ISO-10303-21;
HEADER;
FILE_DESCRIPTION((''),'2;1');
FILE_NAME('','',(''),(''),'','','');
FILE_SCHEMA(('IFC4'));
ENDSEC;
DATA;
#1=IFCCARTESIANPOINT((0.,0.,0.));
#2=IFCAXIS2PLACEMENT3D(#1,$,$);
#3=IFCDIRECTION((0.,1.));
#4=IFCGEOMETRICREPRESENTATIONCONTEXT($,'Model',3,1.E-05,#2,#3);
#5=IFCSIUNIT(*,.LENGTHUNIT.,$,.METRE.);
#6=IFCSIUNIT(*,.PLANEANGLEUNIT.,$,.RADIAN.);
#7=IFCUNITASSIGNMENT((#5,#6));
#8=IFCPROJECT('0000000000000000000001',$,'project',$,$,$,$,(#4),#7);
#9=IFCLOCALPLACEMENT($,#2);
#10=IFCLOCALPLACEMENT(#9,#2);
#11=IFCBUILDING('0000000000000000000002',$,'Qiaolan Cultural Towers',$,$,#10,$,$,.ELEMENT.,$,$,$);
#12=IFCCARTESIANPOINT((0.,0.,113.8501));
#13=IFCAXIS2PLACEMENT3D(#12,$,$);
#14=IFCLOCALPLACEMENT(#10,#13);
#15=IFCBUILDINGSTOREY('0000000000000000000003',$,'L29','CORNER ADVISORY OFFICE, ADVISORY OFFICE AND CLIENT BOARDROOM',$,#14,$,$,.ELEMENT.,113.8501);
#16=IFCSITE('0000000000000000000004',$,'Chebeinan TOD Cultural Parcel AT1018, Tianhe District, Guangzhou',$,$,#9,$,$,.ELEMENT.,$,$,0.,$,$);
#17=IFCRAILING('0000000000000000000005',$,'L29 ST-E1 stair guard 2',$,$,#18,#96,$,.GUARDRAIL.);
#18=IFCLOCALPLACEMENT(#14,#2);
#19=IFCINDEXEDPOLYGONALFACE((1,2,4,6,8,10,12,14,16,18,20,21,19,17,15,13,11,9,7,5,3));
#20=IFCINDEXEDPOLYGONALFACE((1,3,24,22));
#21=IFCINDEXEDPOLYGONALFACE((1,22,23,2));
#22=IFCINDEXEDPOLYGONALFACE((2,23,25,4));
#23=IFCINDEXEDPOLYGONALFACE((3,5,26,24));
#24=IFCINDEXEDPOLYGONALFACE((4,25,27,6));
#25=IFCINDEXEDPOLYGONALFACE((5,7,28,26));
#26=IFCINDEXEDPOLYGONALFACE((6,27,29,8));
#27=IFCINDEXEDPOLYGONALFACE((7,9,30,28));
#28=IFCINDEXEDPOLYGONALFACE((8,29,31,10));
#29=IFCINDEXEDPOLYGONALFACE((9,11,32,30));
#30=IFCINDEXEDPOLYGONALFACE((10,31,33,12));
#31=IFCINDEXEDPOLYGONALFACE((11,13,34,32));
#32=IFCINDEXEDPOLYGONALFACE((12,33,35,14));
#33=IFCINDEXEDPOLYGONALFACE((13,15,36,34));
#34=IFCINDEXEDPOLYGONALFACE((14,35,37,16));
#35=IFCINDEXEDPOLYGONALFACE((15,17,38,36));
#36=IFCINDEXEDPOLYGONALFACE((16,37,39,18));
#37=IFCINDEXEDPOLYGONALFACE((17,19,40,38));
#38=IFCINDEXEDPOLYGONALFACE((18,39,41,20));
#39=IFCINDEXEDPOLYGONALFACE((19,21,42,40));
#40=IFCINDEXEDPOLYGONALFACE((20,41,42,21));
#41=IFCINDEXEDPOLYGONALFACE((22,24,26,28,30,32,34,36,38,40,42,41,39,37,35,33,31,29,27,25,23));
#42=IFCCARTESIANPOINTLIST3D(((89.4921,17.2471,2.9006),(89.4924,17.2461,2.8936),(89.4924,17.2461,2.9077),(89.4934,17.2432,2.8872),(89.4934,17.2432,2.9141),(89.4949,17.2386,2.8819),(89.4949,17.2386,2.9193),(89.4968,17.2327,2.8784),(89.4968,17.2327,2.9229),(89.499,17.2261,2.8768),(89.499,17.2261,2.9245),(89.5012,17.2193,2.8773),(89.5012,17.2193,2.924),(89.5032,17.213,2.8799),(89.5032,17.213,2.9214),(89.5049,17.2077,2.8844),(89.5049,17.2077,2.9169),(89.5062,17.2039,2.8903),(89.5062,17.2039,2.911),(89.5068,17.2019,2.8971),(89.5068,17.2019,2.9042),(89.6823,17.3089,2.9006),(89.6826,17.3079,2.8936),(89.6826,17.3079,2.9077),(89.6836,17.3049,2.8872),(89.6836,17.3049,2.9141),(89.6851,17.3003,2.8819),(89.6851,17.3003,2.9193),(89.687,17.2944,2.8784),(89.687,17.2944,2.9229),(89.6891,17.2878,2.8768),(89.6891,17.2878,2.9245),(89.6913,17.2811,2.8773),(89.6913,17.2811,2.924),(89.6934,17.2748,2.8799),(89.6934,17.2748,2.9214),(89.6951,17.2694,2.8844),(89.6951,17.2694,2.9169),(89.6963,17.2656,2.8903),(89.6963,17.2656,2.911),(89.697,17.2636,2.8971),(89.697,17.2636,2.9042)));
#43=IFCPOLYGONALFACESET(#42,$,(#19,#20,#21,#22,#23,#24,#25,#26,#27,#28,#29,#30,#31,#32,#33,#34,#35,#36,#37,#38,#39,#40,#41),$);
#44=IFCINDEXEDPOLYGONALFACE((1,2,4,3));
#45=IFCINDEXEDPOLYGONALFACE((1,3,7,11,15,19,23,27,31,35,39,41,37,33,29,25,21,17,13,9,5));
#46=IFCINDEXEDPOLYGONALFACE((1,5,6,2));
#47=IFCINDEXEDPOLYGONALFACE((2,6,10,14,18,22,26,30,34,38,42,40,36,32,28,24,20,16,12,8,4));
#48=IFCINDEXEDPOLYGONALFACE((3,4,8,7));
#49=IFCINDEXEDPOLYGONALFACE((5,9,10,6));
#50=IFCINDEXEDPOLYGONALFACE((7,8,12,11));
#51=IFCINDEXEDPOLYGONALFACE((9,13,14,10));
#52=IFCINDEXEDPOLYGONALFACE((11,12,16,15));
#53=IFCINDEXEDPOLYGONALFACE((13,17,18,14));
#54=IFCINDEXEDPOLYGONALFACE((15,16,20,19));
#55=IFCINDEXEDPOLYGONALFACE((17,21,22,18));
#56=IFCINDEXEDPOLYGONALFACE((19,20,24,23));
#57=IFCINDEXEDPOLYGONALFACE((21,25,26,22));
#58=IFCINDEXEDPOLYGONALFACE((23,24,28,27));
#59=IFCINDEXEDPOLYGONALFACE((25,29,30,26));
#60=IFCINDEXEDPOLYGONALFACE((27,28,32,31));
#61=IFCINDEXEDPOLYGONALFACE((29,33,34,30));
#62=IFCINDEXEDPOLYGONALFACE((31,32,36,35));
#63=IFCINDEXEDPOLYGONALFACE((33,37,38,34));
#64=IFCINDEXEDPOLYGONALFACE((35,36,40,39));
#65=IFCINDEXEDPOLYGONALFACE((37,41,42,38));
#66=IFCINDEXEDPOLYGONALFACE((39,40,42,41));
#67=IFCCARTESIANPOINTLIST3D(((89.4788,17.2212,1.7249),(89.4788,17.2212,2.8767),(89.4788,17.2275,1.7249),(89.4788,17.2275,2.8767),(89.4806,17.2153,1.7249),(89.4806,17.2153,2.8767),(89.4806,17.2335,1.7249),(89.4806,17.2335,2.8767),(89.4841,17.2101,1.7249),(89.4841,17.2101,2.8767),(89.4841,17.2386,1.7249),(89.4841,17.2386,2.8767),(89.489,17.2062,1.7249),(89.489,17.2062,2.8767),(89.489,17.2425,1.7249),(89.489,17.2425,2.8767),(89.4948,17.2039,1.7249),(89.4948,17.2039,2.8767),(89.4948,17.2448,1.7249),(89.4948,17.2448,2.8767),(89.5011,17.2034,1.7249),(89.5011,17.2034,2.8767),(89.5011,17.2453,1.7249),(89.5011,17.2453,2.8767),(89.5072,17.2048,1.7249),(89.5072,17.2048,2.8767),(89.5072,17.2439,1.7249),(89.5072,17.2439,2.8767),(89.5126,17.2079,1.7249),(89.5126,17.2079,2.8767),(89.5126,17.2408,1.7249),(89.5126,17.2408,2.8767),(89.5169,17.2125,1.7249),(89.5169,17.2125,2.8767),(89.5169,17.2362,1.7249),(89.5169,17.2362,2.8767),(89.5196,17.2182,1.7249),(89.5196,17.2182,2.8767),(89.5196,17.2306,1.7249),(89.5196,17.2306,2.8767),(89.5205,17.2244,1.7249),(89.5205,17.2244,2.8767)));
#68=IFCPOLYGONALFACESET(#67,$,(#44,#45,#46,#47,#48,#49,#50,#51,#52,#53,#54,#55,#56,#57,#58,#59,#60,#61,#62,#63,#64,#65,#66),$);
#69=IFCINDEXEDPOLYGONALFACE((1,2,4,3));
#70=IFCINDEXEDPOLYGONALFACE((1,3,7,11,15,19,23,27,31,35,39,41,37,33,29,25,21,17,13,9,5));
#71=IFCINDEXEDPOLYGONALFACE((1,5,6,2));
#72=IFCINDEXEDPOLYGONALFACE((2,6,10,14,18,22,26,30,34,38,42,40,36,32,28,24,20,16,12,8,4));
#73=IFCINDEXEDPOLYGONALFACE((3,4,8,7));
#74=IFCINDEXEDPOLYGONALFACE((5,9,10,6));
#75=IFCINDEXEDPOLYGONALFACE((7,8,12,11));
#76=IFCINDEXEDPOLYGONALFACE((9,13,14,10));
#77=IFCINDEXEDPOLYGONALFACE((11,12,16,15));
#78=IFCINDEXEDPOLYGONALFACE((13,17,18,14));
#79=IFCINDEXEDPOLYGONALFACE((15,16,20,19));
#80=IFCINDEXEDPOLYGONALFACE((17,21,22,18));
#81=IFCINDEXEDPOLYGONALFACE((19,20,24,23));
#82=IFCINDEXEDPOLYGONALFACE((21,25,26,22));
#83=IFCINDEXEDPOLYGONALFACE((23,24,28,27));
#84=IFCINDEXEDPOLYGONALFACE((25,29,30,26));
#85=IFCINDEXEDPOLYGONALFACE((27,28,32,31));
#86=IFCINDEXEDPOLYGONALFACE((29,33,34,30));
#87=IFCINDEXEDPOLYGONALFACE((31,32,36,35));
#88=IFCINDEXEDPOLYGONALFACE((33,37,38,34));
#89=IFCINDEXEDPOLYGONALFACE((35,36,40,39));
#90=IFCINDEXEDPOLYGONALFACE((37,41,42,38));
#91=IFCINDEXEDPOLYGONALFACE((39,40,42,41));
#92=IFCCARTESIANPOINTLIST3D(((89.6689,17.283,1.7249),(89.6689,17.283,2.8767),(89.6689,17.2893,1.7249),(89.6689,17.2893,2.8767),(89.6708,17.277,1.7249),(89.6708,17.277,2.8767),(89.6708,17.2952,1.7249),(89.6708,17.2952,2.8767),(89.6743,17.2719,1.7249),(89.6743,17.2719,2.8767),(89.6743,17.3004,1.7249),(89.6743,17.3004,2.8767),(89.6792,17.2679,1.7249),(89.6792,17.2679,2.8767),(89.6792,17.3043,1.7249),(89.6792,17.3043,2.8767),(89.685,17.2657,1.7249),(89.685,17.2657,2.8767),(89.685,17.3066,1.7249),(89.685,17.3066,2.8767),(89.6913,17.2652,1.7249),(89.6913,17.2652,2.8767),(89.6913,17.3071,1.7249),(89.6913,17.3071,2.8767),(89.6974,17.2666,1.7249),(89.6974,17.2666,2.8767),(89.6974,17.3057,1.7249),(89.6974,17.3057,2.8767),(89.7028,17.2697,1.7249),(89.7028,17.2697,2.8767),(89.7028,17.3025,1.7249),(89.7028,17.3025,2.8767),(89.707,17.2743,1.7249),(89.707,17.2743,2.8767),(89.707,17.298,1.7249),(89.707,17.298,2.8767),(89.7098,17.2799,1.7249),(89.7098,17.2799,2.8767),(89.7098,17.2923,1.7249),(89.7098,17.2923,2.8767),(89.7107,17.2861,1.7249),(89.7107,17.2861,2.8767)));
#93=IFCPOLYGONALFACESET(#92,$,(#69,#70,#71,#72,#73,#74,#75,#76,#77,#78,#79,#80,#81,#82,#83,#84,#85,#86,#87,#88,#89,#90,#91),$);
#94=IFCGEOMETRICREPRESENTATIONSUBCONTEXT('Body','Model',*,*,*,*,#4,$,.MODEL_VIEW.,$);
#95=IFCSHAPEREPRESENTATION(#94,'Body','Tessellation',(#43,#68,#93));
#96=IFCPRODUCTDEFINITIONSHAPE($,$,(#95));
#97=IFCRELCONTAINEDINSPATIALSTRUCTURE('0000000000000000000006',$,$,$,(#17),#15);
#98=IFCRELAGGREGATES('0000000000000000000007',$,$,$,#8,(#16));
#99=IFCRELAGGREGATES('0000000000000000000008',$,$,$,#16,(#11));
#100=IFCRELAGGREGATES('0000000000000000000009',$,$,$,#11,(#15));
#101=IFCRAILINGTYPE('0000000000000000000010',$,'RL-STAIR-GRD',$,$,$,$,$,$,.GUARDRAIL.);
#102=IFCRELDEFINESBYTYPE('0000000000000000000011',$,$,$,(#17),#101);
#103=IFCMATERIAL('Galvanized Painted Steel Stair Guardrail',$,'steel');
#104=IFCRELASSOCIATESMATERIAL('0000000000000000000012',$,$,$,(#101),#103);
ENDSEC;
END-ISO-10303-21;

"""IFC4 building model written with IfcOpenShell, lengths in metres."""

from ifc_helpers import new_model, si_unit, direction, frame, origin, origin_2d, place, context, subcontext, project, spatial, circle, extrude, material, type_object, element, save


model = new_model("IFC4")

# Units and contexts
model_context = context("Model", 3, precision=1e-05, world=origin(), true_north=direction((0.0, 1.0)))
body_context = subcontext(model_context, "Body", "Model", "MODEL_VIEW")
ifc_project = project(units=[si_unit("LENGTHUNIT", "METRE"), si_unit("PLANEANGLEUNIT", "RADIAN")], contexts=[model_context])

# Site, building, storey
site_placement = place(None, origin())
site = spatial("IfcSite", under=ifc_project, at=site_placement, Name="Chebeinan TOD Cultural Parcel AT1018, Tianhe District, Guangzhou", CompositionType="ELEMENT", RefElevation=0.0)
building_placement = place(site_placement, origin())
building = spatial("IfcBuilding", under=site, at=building_placement, Name="Qiaolan Cultural Towers", CompositionType="ELEMENT")
storey_placement = place(building_placement, frame((0.0, 0.0, 113.8501)))
storey = spatial("IfcBuildingStorey", under=building, at=storey_placement, Name="L29", Description="CORNER ADVISORY OFFICE, ADVISORY OFFICE AND CLIENT BOARDROOM", CompositionType="ELEMENT", Elevation=113.8501)

# Railing
ifc_material_1 = material(Name="Galvanized Painted Steel Stair Guardrail", Category="steel")
railing_type_1 = type_object("IfcRailingType", Name="RL-STAIR-GRD", PredefinedType="GUARDRAIL", material=ifc_material_1)
railing_1_placement = place(storey_placement, frame((89.4995, 17.2244, 1.7249)))
element("IfcRailing", 1, at=railing_1_placement, inside=storey, type_object=railing_type_1, Name="L29 ST-E1 stair guard 2", PredefinedType="GUARDRAIL", context=body_context, shape_type="SweptSolid", body=[
    extrude(circle(Radius=0.0239, at=origin_2d()), frame((0.0, 0.0, 1.1758), z_axis=(0.951097, 0.308893, 0.0), x_axis=(-0.308893, 0.951097, 0.0)), (0.0, 0.0, 1.0), 0.2),
    extrude(circle(Radius=0.021, at=origin_2d()), origin(), (0.0, 0.0, 1.0), 1.1519),
    extrude(circle(Radius=0.021, at=origin_2d()), frame((0.1902, 0.0618, 0.0)), (0.0, 0.0, 1.0), 1.1519),
])

save(model, "model.ifc")
